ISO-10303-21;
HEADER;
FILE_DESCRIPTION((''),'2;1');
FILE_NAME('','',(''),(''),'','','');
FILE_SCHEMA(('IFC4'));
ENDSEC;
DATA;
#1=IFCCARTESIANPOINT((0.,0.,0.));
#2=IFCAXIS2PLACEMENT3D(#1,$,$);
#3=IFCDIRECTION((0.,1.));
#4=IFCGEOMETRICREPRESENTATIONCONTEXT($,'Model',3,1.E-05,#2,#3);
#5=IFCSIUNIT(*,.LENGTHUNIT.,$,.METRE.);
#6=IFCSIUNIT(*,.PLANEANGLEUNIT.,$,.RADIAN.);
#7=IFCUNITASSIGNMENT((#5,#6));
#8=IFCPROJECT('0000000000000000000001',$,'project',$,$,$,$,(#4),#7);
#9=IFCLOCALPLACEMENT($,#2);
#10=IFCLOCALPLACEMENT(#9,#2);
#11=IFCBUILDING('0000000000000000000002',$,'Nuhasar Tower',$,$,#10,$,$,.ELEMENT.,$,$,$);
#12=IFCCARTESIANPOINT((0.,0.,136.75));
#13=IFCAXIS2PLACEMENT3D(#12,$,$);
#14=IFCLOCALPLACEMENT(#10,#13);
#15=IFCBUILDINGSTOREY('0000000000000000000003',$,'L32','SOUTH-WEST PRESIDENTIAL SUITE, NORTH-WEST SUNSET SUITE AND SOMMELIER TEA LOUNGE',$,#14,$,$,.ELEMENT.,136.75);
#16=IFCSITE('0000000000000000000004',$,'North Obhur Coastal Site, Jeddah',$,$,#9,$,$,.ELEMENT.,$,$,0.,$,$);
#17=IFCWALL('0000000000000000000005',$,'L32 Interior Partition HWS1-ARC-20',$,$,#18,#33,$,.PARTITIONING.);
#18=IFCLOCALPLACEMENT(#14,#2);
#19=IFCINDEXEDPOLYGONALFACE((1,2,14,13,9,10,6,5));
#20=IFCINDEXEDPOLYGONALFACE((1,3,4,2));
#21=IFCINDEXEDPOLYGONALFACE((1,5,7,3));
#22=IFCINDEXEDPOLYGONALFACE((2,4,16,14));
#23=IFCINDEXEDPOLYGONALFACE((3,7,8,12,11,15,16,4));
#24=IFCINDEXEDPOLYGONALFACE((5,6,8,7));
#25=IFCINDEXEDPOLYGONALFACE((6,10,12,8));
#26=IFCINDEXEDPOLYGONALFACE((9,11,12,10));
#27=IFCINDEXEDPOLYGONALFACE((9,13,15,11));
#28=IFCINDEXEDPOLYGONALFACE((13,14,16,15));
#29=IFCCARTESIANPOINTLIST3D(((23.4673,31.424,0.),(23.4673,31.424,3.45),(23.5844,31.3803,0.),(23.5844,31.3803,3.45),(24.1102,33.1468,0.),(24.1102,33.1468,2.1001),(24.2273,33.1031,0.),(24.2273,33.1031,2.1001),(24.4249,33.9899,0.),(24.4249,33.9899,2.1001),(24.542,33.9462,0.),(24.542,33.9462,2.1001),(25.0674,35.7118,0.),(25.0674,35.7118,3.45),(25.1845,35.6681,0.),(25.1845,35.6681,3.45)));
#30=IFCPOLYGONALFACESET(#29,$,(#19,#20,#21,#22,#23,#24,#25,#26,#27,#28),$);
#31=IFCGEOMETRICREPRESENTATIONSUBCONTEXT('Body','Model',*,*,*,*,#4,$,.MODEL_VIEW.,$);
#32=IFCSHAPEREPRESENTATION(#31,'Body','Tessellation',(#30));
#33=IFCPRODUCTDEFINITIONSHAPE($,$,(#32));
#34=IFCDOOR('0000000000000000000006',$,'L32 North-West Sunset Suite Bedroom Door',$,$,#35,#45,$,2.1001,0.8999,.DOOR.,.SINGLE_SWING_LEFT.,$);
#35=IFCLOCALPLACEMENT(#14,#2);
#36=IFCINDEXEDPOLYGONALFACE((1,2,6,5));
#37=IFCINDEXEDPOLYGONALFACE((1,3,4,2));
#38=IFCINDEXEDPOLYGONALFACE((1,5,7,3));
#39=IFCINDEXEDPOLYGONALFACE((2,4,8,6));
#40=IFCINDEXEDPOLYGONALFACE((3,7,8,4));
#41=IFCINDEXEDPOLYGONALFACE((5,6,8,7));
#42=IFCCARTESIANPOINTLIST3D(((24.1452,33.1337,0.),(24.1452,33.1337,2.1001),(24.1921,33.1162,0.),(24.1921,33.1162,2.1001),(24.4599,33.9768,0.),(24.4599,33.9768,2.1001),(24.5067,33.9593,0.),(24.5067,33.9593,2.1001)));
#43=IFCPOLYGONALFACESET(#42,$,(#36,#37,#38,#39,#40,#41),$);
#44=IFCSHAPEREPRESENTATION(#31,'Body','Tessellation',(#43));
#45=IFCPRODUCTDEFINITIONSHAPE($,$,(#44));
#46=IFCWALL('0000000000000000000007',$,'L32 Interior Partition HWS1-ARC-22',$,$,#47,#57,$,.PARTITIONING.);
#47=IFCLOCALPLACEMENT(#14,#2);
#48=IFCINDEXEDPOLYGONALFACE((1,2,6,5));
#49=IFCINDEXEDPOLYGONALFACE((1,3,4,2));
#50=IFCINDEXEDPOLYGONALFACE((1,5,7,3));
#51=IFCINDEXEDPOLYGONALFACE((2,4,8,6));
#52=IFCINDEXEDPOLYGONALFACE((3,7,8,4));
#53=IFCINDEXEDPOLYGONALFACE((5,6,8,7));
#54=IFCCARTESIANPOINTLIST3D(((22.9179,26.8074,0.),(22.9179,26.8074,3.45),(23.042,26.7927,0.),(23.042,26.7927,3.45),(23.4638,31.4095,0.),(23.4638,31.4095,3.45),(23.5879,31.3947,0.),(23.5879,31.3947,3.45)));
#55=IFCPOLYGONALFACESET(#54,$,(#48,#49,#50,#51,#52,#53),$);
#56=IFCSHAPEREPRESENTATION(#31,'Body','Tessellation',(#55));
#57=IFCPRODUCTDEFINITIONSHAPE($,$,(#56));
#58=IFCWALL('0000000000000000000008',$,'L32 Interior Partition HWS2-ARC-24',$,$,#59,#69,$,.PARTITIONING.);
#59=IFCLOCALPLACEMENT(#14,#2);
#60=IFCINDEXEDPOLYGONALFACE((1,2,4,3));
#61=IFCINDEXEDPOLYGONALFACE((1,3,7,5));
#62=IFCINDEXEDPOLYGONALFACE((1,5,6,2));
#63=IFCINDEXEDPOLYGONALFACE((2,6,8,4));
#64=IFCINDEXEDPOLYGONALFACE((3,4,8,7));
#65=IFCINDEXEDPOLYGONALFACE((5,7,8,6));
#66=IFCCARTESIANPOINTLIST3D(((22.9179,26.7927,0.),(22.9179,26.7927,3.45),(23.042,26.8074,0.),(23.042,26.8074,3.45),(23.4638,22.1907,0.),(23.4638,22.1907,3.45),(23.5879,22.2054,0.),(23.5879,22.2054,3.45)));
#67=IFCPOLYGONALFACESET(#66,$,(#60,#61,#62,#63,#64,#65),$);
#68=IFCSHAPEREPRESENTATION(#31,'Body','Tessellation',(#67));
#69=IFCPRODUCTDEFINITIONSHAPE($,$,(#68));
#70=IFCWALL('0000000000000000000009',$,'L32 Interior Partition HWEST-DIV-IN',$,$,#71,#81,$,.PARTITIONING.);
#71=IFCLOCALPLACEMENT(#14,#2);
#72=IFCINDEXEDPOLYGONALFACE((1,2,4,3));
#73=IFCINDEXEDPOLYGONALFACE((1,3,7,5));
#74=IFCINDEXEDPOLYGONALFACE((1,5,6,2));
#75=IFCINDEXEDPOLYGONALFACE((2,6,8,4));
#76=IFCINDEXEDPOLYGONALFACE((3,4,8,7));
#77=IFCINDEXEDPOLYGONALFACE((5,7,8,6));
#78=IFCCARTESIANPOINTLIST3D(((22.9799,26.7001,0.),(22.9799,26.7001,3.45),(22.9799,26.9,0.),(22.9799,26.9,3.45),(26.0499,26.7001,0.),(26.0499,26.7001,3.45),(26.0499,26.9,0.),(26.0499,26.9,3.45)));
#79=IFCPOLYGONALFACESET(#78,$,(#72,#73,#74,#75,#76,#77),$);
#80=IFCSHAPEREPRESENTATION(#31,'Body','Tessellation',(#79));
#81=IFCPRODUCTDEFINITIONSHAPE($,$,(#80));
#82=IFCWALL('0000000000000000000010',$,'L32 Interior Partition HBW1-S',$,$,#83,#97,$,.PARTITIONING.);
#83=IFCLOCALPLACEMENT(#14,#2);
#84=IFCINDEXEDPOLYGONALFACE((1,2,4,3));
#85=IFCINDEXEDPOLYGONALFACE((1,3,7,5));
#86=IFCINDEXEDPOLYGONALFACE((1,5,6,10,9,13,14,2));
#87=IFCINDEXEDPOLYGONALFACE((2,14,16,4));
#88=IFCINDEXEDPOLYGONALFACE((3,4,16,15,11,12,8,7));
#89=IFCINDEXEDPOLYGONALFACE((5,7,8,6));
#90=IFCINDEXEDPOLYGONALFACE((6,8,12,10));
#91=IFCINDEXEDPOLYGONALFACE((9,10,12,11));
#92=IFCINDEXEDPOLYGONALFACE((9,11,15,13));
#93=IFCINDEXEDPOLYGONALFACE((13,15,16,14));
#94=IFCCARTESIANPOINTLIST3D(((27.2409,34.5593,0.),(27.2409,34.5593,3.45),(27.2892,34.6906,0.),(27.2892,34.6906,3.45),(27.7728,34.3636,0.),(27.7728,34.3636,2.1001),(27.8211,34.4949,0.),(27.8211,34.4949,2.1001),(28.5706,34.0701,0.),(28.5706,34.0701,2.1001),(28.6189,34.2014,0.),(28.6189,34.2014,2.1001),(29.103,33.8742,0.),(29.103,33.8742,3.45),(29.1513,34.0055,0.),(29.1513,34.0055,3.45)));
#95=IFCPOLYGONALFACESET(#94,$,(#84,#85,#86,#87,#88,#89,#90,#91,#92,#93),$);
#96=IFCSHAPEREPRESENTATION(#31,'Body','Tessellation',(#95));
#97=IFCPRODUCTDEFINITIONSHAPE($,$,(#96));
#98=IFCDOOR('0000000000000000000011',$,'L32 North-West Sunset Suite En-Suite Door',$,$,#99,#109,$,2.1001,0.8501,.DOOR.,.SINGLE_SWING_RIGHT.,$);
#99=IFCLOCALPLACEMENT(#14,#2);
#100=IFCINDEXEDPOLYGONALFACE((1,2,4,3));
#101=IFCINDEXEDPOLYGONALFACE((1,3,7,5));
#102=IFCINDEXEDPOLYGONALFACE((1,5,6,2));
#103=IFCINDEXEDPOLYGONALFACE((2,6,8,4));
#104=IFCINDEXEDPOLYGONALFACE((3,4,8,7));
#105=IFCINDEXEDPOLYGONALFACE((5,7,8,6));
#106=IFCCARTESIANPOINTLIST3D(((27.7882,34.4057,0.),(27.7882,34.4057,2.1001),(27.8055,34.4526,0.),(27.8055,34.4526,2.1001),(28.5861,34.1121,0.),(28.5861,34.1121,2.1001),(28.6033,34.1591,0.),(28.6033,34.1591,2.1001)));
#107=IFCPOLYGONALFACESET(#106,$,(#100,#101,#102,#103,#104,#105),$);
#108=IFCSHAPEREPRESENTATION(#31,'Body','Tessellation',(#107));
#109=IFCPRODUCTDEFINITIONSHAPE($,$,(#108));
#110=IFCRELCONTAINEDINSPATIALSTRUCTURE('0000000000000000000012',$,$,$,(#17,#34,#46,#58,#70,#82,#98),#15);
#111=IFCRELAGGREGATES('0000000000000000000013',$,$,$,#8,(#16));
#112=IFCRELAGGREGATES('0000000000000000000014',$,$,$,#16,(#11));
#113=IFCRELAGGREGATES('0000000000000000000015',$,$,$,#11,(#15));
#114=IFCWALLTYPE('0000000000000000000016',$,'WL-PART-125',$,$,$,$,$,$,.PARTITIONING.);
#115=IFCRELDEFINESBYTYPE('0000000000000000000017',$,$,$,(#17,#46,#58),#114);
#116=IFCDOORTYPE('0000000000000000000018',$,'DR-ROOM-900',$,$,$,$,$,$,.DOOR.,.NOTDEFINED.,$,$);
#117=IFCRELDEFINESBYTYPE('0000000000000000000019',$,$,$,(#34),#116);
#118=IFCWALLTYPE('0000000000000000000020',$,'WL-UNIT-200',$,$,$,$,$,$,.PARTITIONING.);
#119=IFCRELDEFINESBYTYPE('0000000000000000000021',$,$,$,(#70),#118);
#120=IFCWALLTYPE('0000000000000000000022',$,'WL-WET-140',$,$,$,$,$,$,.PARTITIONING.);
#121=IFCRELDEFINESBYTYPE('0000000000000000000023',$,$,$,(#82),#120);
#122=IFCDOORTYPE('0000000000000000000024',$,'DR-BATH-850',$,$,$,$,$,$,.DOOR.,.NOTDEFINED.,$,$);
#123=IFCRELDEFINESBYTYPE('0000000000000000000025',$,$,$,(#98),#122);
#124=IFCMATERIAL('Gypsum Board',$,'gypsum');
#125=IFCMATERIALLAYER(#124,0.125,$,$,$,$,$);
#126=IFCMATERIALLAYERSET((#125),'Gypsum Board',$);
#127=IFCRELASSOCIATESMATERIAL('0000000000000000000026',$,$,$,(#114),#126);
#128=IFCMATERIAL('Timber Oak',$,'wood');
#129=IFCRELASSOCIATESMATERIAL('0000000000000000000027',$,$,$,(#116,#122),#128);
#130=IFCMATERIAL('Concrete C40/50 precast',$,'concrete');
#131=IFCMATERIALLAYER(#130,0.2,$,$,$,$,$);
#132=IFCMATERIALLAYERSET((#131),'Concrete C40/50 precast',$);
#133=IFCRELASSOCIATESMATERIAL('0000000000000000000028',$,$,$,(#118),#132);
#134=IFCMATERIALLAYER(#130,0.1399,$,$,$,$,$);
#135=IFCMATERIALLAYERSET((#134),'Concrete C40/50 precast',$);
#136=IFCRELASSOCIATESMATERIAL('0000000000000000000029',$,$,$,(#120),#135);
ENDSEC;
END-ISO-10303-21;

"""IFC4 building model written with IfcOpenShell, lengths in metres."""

from ifc_helpers import new_model, si_unit, direction, frame, frame_2d, origin, place, context, subcontext, project, spatial, rectangle, extrude, material, layer, layer_set, type_object, element, fill, save


model = new_model("IFC4")

# Units and contexts
model_context = context("Model", 3, precision=1e-05, world=origin(), true_north=direction((0.0, 1.0)))
body_context = subcontext(model_context, "Body", "Model", "MODEL_VIEW")
ifc_project = project(units=[si_unit("LENGTHUNIT", "METRE"), si_unit("PLANEANGLEUNIT", "RADIAN")], contexts=[model_context])

# Site, building, storey
site_placement = place(None, origin())
site = spatial("IfcSite", under=ifc_project, at=site_placement, Name="North Obhur Coastal Site, Jeddah", CompositionType="ELEMENT", RefElevation=0.0)
building_placement = place(site_placement, origin())
building = spatial("IfcBuilding", under=site, at=building_placement, Name="Nuhasar Tower", CompositionType="ELEMENT")
storey_placement = place(building_placement, frame((0.0, 0.0, 136.75)))
storey = spatial("IfcBuildingStorey", under=building, at=storey_placement, Name="L32", Description="SOUTH-WEST PRESIDENTIAL SUITE, NORTH-WEST SUNSET SUITE AND SOMMELIER TEA LOUNGE", CompositionType="ELEMENT", Elevation=136.75)

# Shared definitions
ifc_material_1 = material(Name="Gypsum Board", Category="gypsum")

# Shared definitions
ifc_material_2 = material(Name="Timber Oak", Category="wood")

# Shared definitions
ifc_layer_1 = layer(ifc_material_1, 0.125)
ifc_layer_set_1 = layer_set([ifc_layer_1], Name="Gypsum Board")
wall_type_1 = type_object("IfcWallType", Name="WL-PART-125", PredefinedType="PARTITIONING", material=ifc_layer_set_1)

# Wall, opening, door
wall_1_placement = place(storey_placement, frame((25.126, 35.6899, 0.0), z_axis=(0.0, 0.0, 1.0), x_axis=(-0.349621, -0.936891, 0.0)))
wall_1 = element("IfcWall", 1, at=wall_1_placement, inside=storey, type_object=wall_type_1, Name="L32 Interior Partition HWS1-ARC-20", PredefinedType="PARTITIONING", context=body_context, shape_type="SweptSolid", body=[
    extrude(rectangle(XDim=4.5767, YDim=0.125, at=frame_2d((2.2883, 0.0))), origin(), (0.0, 0.0, 1.0), 3.45),
])
opening_1_placement = place(wall_1_placement, frame((1.8379, 0.0, 0.0)))
opening_1 = element("IfcOpeningElement", 2, at=opening_1_placement, cuts=wall_1, PredefinedType="OPENING", context=body_context, shape_type="SweptSolid", body=[
    extrude(rectangle(XDim=0.8999, YDim=2.1001, at=frame_2d((0.45, 1.05))), frame((0.0, 0.0725, 0.0), z_axis=(0.0, -1.0, 0.0), x_axis=(1.0, 0.0, 0.0)), (0.0, 0.0, 1.0), 0.145),
])
door_type_1 = type_object("IfcDoorType", Name="DR-ROOM-900", OperationType="NOTDEFINED", PredefinedType="DOOR", material=ifc_material_2)
door_1_placement = place(opening_1_placement, origin())
door_1 = element("IfcDoor", 3, at=door_1_placement, inside=storey, type_object=door_type_1, Name="L32 North-West Sunset Suite Bedroom Door", OperationType="SINGLE_SWING_LEFT", OverallHeight=2.1001, OverallWidth=0.8999, PredefinedType="DOOR", context=body_context, shape_type="SweptSolid", body=[
    extrude(rectangle(XDim=0.8999, YDim=2.1001, at=frame_2d((0.45, 1.05))), frame((0.0, 0.0249, 0.0), z_axis=(0.0, -1.0, 0.0), x_axis=(1.0, 0.0, 0.0)), (0.0, 0.0, 1.0), 0.05),
])
fill(opening_1, door_1)

# Walls
for number, where, z_axis, x_axis, name in (
    (4, (23.5259, 31.4021, 0.0), (0.0, 0.0, 1.0), (-0.117795, -0.993038, 0.0), "L32 Interior Partition HWS1-ARC-22"),
    (5, (22.98, 26.8, 0.0), (0.0, 0.0, 1.0), (0.117795, -0.993038, 0.0), "L32 Interior Partition HWS2-ARC-24"),
):
    element("IfcWall", number, at=place(storey_placement, frame(where, z_axis=z_axis, x_axis=x_axis)), inside=storey, type_object=wall_type_1, Name=name, PredefinedType="PARTITIONING", context=body_context, shape_type="SweptSolid", body=[
        extrude(rectangle(XDim=4.6343, YDim=0.125, at=frame_2d((2.3171, 0.0))), origin(), (0.0, 0.0, 1.0), 3.45),
    ])
ifc_material_3 = material(Name="Concrete C40/50 precast", Category="concrete")
ifc_layer_2 = layer(ifc_material_3, 0.2)
ifc_layer_set_2 = layer_set([ifc_layer_2], Name="Concrete C40/50 precast")
wall_type_2 = type_object("IfcWallType", Name="WL-UNIT-200", PredefinedType="PARTITIONING", material=ifc_layer_set_2)
wall_2_placement = place(storey_placement, frame((26.05, 26.8, 0.0), z_axis=(0.0, 0.0, 1.0), x_axis=(-1.0, 0.0, 0.0)))
element("IfcWall", 6, at=wall_2_placement, inside=storey, type_object=wall_type_2, Name="L32 Interior Partition HWEST-DIV-IN", PredefinedType="PARTITIONING", context=body_context, shape_type="SweptSolid", body=[
    extrude(rectangle(XDim=3.0701, YDim=0.2, at=frame_2d((1.5352, 0.0))), origin(), (0.0, 0.0, 1.0), 3.45),
])

# Wall, opening, door
ifc_layer_3 = layer(ifc_material_3, 0.1399)
ifc_layer_set_3 = layer_set([ifc_layer_3], Name="Concrete C40/50 precast")
wall_type_3 = type_object("IfcWallType", Name="WL-WET-140", PredefinedType="PARTITIONING", material=ifc_layer_set_3)
wall_3_placement = place(storey_placement, frame((27.2649, 34.625, 0.0), z_axis=(0.0, 0.0, 1.0), x_axis=(0.938501, -0.345278, 0.0)))
wall_3 = element("IfcWall", 7, at=wall_3_placement, inside=storey, type_object=wall_type_3, Name="L32 Interior Partition HBW1-S", PredefinedType="PARTITIONING", context=body_context, shape_type="SweptSolid", body=[
    extrude(rectangle(XDim=1.9841, YDim=0.1399, at=frame_2d((0.9922, 0.0))), origin(), (0.0, 0.0, 1.0), 3.45),
])
opening_2_placement = place(wall_3_placement, frame((0.5669, 0.0, 0.0)))
opening_2 = element("IfcOpeningElement", 8, at=opening_2_placement, cuts=wall_3, PredefinedType="OPENING", context=body_context, shape_type="SweptSolid", body=[
    extrude(rectangle(XDim=0.8501, YDim=2.1001, at=frame_2d((0.425, 1.05))), frame((0.0, 0.0801, 0.0), z_axis=(0.0, -1.0, 0.0), x_axis=(1.0, 0.0, 0.0)), (0.0, 0.0, 1.0), 0.1599),
])
door_type_2 = type_object("IfcDoorType", Name="DR-BATH-850", OperationType="NOTDEFINED", PredefinedType="DOOR", material=ifc_material_2)
door_2_placement = place(opening_2_placement, origin())
door_2 = element("IfcDoor", 9, at=door_2_placement, inside=storey, type_object=door_type_2, Name="L32 North-West Sunset Suite En-Suite Door", OperationType="SINGLE_SWING_RIGHT", OverallHeight=2.1001, OverallWidth=0.8501, PredefinedType="DOOR", context=body_context, shape_type="SweptSolid", body=[
    extrude(rectangle(XDim=0.8501, YDim=2.1001, at=frame_2d((0.425, 1.05))), frame((0.0, 0.0249, 0.0), z_axis=(0.0, -1.0, 0.0), x_axis=(1.0, 0.0, 0.0)), (0.0, 0.0, 1.0), 0.05),
])
fill(opening_2, door_2)

save(model, "model.ifc")
